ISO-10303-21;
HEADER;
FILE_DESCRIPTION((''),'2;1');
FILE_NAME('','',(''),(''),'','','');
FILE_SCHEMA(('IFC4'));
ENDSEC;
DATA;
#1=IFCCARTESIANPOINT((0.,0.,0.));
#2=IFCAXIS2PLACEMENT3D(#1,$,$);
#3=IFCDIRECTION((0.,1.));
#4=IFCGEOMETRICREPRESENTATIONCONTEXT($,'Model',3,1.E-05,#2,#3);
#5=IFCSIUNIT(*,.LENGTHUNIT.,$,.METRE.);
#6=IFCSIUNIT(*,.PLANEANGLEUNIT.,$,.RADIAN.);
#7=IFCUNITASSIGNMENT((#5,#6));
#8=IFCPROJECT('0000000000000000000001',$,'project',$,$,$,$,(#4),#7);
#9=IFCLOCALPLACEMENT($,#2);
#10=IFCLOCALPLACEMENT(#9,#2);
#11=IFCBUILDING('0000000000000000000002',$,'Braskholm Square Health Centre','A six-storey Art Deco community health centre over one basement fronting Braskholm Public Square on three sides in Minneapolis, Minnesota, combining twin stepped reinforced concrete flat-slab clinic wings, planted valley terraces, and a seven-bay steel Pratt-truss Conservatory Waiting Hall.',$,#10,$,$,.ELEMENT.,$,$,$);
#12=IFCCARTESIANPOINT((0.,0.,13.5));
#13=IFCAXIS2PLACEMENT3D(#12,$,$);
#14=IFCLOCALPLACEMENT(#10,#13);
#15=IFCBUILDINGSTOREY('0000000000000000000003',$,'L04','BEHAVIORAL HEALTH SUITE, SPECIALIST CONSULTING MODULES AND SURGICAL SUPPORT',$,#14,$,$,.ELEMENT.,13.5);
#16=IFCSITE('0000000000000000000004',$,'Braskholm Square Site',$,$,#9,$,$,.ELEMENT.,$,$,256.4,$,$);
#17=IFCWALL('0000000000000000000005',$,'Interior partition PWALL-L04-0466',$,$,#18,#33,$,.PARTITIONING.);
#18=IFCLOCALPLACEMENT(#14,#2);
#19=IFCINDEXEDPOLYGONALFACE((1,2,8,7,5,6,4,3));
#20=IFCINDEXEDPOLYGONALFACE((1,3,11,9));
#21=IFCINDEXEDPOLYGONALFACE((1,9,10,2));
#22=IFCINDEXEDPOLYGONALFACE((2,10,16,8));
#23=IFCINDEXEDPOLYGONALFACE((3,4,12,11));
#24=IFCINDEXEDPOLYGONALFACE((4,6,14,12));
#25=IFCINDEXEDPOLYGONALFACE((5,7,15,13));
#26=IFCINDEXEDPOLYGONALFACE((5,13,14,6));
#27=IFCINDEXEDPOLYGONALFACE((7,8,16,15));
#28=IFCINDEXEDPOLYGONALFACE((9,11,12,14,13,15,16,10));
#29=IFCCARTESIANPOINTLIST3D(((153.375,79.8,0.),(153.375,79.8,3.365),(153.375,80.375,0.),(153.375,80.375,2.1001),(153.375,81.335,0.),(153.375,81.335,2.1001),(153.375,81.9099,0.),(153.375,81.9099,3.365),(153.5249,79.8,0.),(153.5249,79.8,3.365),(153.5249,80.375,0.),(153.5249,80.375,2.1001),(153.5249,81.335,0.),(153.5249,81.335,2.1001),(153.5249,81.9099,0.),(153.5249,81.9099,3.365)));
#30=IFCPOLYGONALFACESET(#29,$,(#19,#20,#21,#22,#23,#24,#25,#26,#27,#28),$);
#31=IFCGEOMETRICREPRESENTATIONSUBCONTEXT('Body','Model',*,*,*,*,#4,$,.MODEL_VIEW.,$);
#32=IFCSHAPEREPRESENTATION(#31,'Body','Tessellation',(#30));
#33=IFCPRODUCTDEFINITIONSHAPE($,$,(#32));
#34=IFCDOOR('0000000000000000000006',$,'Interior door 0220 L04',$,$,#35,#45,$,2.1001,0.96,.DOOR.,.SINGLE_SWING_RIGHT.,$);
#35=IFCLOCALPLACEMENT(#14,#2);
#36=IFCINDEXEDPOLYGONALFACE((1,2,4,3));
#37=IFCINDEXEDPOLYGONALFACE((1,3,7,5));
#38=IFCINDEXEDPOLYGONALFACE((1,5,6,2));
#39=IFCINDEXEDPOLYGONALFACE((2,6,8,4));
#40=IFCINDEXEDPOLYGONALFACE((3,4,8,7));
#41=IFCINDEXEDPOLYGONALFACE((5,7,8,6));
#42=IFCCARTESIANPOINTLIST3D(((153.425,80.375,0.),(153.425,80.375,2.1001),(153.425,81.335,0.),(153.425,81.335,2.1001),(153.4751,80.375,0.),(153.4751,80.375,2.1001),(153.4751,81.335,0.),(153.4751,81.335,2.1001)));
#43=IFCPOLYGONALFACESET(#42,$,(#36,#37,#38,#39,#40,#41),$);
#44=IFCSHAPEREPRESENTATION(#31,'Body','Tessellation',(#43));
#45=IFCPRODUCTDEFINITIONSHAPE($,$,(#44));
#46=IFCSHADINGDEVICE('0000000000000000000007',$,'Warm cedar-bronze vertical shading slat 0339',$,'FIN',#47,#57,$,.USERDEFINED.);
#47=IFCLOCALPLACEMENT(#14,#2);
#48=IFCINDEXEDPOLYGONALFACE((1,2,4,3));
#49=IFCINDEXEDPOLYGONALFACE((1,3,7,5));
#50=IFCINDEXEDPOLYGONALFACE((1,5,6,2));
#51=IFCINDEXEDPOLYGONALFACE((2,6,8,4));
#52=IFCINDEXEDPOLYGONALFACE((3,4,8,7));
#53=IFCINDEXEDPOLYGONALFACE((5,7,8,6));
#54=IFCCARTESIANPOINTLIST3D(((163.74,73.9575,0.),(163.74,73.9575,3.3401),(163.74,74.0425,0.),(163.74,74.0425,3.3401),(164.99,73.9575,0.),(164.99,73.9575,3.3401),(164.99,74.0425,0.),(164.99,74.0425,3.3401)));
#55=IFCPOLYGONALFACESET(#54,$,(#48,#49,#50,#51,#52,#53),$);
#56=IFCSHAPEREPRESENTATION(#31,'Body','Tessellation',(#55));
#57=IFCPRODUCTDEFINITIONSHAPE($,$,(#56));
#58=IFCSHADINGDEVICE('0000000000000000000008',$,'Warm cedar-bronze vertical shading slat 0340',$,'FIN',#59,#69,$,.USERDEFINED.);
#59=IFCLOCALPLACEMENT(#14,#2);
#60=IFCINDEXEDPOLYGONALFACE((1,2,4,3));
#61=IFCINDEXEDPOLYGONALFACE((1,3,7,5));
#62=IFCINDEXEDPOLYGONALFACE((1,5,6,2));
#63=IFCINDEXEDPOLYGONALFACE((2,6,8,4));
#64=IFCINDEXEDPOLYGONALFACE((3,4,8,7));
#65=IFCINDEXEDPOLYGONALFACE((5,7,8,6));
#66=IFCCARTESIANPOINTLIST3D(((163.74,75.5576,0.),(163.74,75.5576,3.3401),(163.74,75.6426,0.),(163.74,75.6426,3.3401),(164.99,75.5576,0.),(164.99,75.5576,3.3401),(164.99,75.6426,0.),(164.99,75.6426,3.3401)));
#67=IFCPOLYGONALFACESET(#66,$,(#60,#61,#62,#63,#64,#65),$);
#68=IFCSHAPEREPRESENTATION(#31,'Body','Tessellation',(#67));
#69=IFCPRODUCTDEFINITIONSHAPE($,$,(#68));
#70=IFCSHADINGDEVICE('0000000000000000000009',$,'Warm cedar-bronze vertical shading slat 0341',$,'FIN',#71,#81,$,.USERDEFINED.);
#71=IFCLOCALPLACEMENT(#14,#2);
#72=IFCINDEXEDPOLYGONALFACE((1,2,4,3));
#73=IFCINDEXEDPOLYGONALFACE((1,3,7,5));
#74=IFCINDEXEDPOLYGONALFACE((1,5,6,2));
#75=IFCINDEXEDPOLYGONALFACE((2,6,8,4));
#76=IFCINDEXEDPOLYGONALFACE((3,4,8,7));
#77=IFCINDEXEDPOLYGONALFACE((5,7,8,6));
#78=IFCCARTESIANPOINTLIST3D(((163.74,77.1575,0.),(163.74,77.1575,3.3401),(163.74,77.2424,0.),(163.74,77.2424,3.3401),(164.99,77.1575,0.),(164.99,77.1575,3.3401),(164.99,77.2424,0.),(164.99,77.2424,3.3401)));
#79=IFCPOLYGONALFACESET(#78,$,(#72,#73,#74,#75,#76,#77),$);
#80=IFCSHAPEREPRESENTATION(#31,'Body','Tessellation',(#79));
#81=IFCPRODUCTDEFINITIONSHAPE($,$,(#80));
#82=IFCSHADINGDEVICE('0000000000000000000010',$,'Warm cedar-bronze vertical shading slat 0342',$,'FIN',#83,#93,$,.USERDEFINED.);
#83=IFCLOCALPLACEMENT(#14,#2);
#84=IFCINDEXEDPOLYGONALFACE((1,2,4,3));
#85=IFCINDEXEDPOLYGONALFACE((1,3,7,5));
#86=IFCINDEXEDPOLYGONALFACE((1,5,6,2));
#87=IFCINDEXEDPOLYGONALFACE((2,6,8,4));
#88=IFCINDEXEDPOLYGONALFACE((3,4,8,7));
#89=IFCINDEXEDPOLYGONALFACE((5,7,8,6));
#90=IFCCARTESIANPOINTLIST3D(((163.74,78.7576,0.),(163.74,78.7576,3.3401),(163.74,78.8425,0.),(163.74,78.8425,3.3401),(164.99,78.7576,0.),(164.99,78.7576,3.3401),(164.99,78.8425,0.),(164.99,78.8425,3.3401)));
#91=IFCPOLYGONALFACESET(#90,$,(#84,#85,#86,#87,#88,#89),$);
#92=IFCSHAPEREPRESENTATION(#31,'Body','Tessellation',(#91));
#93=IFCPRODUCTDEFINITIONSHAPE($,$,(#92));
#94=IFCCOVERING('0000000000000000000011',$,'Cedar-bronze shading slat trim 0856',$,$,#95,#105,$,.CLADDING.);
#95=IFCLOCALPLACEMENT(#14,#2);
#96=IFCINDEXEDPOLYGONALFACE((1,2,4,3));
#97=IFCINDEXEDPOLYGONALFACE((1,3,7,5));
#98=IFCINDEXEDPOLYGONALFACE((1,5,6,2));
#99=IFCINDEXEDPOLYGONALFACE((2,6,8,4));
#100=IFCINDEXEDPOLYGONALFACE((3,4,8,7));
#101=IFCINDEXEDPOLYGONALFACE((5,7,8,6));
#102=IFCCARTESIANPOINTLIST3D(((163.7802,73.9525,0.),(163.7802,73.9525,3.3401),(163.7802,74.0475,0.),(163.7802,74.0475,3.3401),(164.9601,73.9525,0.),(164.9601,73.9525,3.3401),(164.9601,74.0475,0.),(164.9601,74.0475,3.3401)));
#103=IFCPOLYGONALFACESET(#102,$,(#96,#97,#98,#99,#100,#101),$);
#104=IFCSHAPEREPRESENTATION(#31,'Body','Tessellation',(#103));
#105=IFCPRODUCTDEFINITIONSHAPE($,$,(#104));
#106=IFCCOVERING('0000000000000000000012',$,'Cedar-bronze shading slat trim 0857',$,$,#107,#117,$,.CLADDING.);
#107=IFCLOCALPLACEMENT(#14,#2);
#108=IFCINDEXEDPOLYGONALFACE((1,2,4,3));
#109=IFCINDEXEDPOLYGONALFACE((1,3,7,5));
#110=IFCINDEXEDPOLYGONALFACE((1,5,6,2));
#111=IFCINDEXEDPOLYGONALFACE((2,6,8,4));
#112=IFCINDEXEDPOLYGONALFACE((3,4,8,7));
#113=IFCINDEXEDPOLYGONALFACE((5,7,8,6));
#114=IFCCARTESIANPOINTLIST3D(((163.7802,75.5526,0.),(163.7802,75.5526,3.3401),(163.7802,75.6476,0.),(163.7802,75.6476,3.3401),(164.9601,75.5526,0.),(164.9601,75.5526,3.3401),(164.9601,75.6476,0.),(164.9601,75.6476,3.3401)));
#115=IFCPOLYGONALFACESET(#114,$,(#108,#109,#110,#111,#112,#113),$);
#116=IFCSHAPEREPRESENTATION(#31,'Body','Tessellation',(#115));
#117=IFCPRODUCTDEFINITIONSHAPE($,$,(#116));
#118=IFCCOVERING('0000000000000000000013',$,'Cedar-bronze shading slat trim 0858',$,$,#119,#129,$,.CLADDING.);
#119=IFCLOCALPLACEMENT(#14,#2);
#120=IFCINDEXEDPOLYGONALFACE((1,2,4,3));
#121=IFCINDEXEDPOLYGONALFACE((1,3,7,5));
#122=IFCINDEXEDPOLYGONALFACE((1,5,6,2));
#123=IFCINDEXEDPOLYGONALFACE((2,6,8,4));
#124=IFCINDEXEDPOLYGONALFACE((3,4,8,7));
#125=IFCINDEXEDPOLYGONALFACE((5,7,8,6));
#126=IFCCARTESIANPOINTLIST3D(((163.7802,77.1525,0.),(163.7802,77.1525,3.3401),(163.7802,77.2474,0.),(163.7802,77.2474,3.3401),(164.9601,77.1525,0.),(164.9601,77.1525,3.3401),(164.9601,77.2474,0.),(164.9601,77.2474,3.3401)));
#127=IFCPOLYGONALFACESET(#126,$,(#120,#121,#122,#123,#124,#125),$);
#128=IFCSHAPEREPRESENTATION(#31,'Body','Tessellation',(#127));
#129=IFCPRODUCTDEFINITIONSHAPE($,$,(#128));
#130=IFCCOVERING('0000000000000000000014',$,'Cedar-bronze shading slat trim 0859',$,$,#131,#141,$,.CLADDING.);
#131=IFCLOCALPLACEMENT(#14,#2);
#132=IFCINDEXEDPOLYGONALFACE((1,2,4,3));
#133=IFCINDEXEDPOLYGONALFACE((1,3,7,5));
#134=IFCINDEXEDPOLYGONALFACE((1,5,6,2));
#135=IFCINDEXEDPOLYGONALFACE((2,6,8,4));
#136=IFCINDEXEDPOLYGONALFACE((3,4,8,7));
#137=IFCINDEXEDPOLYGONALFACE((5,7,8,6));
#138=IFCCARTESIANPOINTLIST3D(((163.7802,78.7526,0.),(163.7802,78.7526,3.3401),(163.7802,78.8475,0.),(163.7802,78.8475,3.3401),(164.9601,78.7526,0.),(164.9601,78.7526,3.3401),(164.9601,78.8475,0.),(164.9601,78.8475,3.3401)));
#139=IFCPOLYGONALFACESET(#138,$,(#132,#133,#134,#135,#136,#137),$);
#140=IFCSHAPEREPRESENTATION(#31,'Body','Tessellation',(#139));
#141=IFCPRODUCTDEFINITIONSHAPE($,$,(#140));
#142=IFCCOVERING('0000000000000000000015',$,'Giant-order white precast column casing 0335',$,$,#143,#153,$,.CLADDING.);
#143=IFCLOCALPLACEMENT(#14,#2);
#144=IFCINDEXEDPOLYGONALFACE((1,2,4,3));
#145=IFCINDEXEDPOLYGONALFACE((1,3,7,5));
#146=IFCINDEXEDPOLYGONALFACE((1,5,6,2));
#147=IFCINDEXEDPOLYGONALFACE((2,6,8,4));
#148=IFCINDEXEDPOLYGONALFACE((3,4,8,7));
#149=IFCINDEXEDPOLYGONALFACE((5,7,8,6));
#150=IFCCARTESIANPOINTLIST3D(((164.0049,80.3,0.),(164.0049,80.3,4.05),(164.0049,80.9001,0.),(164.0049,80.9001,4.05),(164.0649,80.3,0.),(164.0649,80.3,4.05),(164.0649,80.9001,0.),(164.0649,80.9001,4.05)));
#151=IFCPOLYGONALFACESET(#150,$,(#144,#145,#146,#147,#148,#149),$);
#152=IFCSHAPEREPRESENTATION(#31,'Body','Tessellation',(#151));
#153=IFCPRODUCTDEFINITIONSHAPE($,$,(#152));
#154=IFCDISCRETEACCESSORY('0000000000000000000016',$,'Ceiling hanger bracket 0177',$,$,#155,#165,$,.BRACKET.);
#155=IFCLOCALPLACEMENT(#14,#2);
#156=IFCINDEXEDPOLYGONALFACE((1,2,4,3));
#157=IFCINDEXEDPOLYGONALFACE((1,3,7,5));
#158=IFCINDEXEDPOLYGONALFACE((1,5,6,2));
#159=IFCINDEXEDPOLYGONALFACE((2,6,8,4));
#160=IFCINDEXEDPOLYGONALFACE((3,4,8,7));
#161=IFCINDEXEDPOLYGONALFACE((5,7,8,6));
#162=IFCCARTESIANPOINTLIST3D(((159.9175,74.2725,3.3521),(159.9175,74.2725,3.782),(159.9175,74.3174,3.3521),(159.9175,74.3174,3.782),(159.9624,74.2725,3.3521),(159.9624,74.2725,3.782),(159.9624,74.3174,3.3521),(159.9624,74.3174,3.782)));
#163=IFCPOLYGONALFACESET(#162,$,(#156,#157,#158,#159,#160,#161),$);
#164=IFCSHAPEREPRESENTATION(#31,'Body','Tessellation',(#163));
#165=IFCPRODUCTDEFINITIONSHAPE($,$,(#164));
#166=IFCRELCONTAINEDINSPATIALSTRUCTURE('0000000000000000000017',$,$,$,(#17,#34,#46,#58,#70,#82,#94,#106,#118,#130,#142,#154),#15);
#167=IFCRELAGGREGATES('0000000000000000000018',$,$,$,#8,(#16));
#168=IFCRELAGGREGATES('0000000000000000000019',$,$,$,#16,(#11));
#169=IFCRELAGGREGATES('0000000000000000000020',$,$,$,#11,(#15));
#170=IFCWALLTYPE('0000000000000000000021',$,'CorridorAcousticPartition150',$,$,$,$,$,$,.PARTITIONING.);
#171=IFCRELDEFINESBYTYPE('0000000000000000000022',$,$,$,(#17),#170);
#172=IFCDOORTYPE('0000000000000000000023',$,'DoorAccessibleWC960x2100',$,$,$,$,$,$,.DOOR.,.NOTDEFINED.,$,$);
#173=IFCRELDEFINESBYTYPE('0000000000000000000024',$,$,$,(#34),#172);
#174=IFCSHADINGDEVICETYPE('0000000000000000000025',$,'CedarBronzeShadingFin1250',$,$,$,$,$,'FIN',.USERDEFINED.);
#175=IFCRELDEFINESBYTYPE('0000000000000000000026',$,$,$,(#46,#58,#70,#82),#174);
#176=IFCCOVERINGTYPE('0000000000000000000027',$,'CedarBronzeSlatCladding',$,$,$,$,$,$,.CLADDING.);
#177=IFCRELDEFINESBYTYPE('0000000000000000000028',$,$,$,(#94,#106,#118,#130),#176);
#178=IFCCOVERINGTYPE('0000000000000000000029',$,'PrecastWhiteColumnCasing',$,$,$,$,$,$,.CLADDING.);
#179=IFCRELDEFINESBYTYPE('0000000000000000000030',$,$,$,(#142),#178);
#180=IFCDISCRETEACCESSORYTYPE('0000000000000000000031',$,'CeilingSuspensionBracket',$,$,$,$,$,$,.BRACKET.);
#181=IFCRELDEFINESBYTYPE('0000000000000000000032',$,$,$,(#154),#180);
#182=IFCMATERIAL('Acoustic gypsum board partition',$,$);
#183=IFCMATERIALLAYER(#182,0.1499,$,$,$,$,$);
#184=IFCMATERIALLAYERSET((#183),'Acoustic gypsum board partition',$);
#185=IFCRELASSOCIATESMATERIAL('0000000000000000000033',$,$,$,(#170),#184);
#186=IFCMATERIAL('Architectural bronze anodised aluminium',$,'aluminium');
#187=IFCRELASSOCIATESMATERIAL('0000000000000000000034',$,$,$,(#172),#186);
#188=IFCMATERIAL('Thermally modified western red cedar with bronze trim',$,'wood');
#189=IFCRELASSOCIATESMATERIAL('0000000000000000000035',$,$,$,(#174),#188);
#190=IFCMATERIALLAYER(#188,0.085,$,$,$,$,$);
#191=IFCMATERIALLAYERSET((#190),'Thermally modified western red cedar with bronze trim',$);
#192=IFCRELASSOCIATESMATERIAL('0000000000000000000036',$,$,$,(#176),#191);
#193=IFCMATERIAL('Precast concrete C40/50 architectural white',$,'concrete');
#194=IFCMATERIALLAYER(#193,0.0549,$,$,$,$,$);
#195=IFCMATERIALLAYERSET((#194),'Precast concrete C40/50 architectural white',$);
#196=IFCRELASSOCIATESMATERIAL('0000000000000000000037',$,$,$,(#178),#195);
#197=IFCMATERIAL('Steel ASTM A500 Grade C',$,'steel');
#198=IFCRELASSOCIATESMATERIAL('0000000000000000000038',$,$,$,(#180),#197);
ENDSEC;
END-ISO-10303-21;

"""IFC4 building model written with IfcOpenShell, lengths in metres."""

from ifc_helpers import new_model, si_unit, direction, frame, frame_2d, origin, origin_with_axes, origin_2d, place, context, subcontext, project, spatial, rectangle, extrude, material, layer, layer_set, type_object, element, fill, save


model = new_model("IFC4")

# Units and contexts
model_context = context("Model", 3, precision=1e-05, world=origin(), true_north=direction((0.0, 1.0)))
body_context = subcontext(model_context, "Body", "Model", "MODEL_VIEW")
ifc_project = project(units=[si_unit("LENGTHUNIT", "METRE"), si_unit("PLANEANGLEUNIT", "RADIAN")], contexts=[model_context])

# Site, building, storey
site_placement = place(None, origin())
site = spatial("IfcSite", under=ifc_project, at=site_placement, Name="Braskholm Square Site", CompositionType="ELEMENT", RefElevation=256.4)
building_placement = place(site_placement, origin())
building = spatial("IfcBuilding", under=site, at=building_placement, Name="Braskholm Square Health Centre", Description="A six-storey Art Deco community health centre over one basement fronting Braskholm Public Square on three sides in Minneapolis, Minnesota, combining twin stepped reinforced concrete flat-slab clinic wings, planted valley terraces, and a seven-bay steel Pratt-truss Conservatory Waiting Hall.", CompositionType="ELEMENT")
storey_placement = place(building_placement, frame((0.0, 0.0, 13.5)))
storey = spatial("IfcBuildingStorey", under=building, at=storey_placement, Name="L04", Description="BEHAVIORAL HEALTH SUITE, SPECIALIST CONSULTING MODULES AND SURGICAL SUPPORT", CompositionType="ELEMENT", Elevation=13.5)

# Shared definitions
ifc_material_1 = material(Name="Precast concrete C40/50 architectural white", Category="concrete")

# Shared definitions
ifc_material_2 = material(Name="Architectural bronze anodised aluminium", Category="aluminium")

# Shared definitions
ifc_material_3 = material(Name="Acoustic gypsum board partition")

# Shared definitions
ifc_layer_1 = layer(ifc_material_3, 0.1499)
ifc_layer_set_1 = layer_set([ifc_layer_1], Name="Acoustic gypsum board partition")
wall_type_1 = type_object("IfcWallType", Name="CorridorAcousticPartition150", PredefinedType="PARTITIONING", material=ifc_layer_set_1)

# Wall, opening, door
wall_1_placement = place(storey_placement, frame((153.45, 79.8, 0.0), z_axis=(0.0, 0.0, 1.0), x_axis=(0.0, 1.0, 0.0)))
wall_1 = element("IfcWall", 1, at=wall_1_placement, inside=storey, type_object=wall_type_1, Name="Interior partition PWALL-L04-0466", PredefinedType="PARTITIONING", context=body_context, shape_type="SweptSolid", body=[
    extrude(rectangle(XDim=2.1099, YDim=0.1499, at=frame_2d((1.0549, 0.0))), origin(), (0.0, 0.0, 1.0), 3.365),
])
opening_1_placement = place(wall_1_placement, frame((0.575, 0.0, 0.0)))
opening_1 = element("IfcOpeningElement", 2, at=opening_1_placement, cuts=wall_1, PredefinedType="OPENING", context=body_context, shape_type="SweptSolid", body=[
    extrude(rectangle(XDim=0.96, YDim=2.1001, at=frame_2d((0.48, 1.05))), frame((0.0, 0.085, 0.0), z_axis=(0.0, -1.0, 0.0), x_axis=(1.0, 0.0, 0.0)), (0.0, 0.0, 1.0), 0.1699),
])
door_type_1 = type_object("IfcDoorType", Name="DoorAccessibleWC960x2100", OperationType="NOTDEFINED", PredefinedType="DOOR", material=ifc_material_2)
door_1_placement = place(opening_1_placement, origin_with_axes())
door_1 = element("IfcDoor", 3, at=door_1_placement, inside=storey, type_object=door_type_1, Name="Interior door 0220 L04", OperationType="SINGLE_SWING_RIGHT", OverallHeight=2.1001, OverallWidth=0.96, PredefinedType="DOOR", context=body_context, shape_type="SweptSolid", body=[
    extrude(rectangle(XDim=0.96, YDim=2.1001, at=frame_2d((0.48, 1.05))), frame((0.0, 0.0249, 0.0), z_axis=(0.0, -1.0, 0.0), x_axis=(1.0, 0.0, 0.0)), (0.0, 0.0, 1.0), 0.05),
])
fill(opening_1, door_1)

# Shading devices
ifc_material_4 = material(Name="Thermally modified western red cedar with bronze trim", Category="wood")
shading_device_type = type_object("IfcShadingDeviceType", Name="CedarBronzeShadingFin1250", ElementType="FIN", PredefinedType="USERDEFINED", material=ifc_material_4)
for number, where, z_axis, x_axis, name in (
    (4, (164.365, 74.0, 0.0), (0.0, 0.0, 1.0), (1.0, 0.0, 0.0), "Warm cedar-bronze vertical shading slat 0339"),
    (5, (164.365, 75.6001, 0.0), (0.0, 0.0, 1.0), (1.0, 0.0, 0.0), "Warm cedar-bronze vertical shading slat 0340"),
    (6, (164.365, 77.2, 0.0), (0.0, 0.0, 1.0), (1.0, 0.0, 0.0), "Warm cedar-bronze vertical shading slat 0341"),
    (7, (164.365, 78.8, 0.0), (0.0, 0.0, 1.0), (1.0, 0.0, 0.0), "Warm cedar-bronze vertical shading slat 0342"),
):
    element("IfcShadingDevice", number, at=place(storey_placement, frame(where, z_axis=z_axis, x_axis=x_axis)), inside=storey, type_object=shading_device_type, Name=name, ObjectType="FIN", PredefinedType="USERDEFINED", context=body_context, shape_type="SweptSolid", body=[
        extrude(rectangle(XDim=1.25, YDim=0.085, at=origin_2d()), origin(), (0.0, 0.0, 1.0), 3.3401),
    ])

# Coverings
ifc_layer_2 = layer(ifc_material_4, 0.085)
ifc_layer_set_2 = layer_set([ifc_layer_2], Name="Thermally modified western red cedar with bronze trim")
covering_type_1 = type_object("IfcCoveringType", Name="CedarBronzeSlatCladding", PredefinedType="CLADDING", material=ifc_layer_set_2)
for number, where, z_axis, x_axis, name in (
    (8, (164.3701, 74.0, 0.0), (0.0, 0.0, 1.0), (1.0, 0.0, 0.0), "Cedar-bronze shading slat trim 0856"),
    (9, (164.3701, 75.6001, 0.0), (0.0, 0.0, 1.0), (1.0, 0.0, 0.0), "Cedar-bronze shading slat trim 0857"),
    (10, (164.3701, 77.2, 0.0), (0.0, 0.0, 1.0), (1.0, 0.0, 0.0), "Cedar-bronze shading slat trim 0858"),
    (11, (164.3701, 78.8, 0.0), (0.0, 0.0, 1.0), (1.0, 0.0, 0.0), "Cedar-bronze shading slat trim 0859"),
):
    element("IfcCovering", number, at=place(storey_placement, frame(where, z_axis=z_axis, x_axis=x_axis)), inside=storey, type_object=covering_type_1, Name=name, PredefinedType="CLADDING", context=body_context, shape_type="SweptSolid", body=[
        extrude(rectangle(XDim=1.1799, YDim=0.095, at=origin_2d()), origin(), (0.0, 0.0, 1.0), 3.3401),
    ])
ifc_layer_3 = layer(ifc_material_1, 0.0549)
ifc_layer_set_3 = layer_set([ifc_layer_3], Name="Precast concrete C40/50 architectural white")
covering_type_2 = type_object("IfcCoveringType", Name="PrecastWhiteColumnCasing", PredefinedType="CLADDING", material=ifc_layer_set_3)
covering_placement = place(storey_placement, frame((164.0349, 80.6001, 0.0), z_axis=(0.0, 0.0, 1.0), x_axis=(1.0, 0.0, 0.0)))
element("IfcCovering", 12, at=covering_placement, inside=storey, type_object=covering_type_2, Name="Giant-order white precast column casing 0335", PredefinedType="CLADDING", context=body_context, shape_type="SweptSolid", body=[
    extrude(rectangle(XDim=0.0601, YDim=0.6001, at=origin_2d()), origin(), (0.0, 0.0, 1.0), 4.05),
])

# Discrete accessory
ifc_material_5 = material(Name="Steel ASTM A500 Grade C", Category="steel")
discrete_accessory_type = type_object("IfcDiscreteAccessoryType", Name="CeilingSuspensionBracket", PredefinedType="BRACKET", material=ifc_material_5)
discrete_accessory_placement = place(storey_placement, frame((159.9399, 74.2949, 3.3521), z_axis=(0.0, 0.0, 1.0), x_axis=(1.0, 0.0, 0.0)))
element("IfcDiscreteAccessory", 13, at=discrete_accessory_placement, inside=storey, type_object=discrete_accessory_type, Name="Ceiling hanger bracket 0177", PredefinedType="BRACKET", context=body_context, shape_type="SweptSolid", body=[
    extrude(rectangle(XDim=0.0449, YDim=0.0449, at=origin_2d()), origin(), (0.0, 0.0, 1.0), 0.4299),
])

save(model, "model.ifc")
